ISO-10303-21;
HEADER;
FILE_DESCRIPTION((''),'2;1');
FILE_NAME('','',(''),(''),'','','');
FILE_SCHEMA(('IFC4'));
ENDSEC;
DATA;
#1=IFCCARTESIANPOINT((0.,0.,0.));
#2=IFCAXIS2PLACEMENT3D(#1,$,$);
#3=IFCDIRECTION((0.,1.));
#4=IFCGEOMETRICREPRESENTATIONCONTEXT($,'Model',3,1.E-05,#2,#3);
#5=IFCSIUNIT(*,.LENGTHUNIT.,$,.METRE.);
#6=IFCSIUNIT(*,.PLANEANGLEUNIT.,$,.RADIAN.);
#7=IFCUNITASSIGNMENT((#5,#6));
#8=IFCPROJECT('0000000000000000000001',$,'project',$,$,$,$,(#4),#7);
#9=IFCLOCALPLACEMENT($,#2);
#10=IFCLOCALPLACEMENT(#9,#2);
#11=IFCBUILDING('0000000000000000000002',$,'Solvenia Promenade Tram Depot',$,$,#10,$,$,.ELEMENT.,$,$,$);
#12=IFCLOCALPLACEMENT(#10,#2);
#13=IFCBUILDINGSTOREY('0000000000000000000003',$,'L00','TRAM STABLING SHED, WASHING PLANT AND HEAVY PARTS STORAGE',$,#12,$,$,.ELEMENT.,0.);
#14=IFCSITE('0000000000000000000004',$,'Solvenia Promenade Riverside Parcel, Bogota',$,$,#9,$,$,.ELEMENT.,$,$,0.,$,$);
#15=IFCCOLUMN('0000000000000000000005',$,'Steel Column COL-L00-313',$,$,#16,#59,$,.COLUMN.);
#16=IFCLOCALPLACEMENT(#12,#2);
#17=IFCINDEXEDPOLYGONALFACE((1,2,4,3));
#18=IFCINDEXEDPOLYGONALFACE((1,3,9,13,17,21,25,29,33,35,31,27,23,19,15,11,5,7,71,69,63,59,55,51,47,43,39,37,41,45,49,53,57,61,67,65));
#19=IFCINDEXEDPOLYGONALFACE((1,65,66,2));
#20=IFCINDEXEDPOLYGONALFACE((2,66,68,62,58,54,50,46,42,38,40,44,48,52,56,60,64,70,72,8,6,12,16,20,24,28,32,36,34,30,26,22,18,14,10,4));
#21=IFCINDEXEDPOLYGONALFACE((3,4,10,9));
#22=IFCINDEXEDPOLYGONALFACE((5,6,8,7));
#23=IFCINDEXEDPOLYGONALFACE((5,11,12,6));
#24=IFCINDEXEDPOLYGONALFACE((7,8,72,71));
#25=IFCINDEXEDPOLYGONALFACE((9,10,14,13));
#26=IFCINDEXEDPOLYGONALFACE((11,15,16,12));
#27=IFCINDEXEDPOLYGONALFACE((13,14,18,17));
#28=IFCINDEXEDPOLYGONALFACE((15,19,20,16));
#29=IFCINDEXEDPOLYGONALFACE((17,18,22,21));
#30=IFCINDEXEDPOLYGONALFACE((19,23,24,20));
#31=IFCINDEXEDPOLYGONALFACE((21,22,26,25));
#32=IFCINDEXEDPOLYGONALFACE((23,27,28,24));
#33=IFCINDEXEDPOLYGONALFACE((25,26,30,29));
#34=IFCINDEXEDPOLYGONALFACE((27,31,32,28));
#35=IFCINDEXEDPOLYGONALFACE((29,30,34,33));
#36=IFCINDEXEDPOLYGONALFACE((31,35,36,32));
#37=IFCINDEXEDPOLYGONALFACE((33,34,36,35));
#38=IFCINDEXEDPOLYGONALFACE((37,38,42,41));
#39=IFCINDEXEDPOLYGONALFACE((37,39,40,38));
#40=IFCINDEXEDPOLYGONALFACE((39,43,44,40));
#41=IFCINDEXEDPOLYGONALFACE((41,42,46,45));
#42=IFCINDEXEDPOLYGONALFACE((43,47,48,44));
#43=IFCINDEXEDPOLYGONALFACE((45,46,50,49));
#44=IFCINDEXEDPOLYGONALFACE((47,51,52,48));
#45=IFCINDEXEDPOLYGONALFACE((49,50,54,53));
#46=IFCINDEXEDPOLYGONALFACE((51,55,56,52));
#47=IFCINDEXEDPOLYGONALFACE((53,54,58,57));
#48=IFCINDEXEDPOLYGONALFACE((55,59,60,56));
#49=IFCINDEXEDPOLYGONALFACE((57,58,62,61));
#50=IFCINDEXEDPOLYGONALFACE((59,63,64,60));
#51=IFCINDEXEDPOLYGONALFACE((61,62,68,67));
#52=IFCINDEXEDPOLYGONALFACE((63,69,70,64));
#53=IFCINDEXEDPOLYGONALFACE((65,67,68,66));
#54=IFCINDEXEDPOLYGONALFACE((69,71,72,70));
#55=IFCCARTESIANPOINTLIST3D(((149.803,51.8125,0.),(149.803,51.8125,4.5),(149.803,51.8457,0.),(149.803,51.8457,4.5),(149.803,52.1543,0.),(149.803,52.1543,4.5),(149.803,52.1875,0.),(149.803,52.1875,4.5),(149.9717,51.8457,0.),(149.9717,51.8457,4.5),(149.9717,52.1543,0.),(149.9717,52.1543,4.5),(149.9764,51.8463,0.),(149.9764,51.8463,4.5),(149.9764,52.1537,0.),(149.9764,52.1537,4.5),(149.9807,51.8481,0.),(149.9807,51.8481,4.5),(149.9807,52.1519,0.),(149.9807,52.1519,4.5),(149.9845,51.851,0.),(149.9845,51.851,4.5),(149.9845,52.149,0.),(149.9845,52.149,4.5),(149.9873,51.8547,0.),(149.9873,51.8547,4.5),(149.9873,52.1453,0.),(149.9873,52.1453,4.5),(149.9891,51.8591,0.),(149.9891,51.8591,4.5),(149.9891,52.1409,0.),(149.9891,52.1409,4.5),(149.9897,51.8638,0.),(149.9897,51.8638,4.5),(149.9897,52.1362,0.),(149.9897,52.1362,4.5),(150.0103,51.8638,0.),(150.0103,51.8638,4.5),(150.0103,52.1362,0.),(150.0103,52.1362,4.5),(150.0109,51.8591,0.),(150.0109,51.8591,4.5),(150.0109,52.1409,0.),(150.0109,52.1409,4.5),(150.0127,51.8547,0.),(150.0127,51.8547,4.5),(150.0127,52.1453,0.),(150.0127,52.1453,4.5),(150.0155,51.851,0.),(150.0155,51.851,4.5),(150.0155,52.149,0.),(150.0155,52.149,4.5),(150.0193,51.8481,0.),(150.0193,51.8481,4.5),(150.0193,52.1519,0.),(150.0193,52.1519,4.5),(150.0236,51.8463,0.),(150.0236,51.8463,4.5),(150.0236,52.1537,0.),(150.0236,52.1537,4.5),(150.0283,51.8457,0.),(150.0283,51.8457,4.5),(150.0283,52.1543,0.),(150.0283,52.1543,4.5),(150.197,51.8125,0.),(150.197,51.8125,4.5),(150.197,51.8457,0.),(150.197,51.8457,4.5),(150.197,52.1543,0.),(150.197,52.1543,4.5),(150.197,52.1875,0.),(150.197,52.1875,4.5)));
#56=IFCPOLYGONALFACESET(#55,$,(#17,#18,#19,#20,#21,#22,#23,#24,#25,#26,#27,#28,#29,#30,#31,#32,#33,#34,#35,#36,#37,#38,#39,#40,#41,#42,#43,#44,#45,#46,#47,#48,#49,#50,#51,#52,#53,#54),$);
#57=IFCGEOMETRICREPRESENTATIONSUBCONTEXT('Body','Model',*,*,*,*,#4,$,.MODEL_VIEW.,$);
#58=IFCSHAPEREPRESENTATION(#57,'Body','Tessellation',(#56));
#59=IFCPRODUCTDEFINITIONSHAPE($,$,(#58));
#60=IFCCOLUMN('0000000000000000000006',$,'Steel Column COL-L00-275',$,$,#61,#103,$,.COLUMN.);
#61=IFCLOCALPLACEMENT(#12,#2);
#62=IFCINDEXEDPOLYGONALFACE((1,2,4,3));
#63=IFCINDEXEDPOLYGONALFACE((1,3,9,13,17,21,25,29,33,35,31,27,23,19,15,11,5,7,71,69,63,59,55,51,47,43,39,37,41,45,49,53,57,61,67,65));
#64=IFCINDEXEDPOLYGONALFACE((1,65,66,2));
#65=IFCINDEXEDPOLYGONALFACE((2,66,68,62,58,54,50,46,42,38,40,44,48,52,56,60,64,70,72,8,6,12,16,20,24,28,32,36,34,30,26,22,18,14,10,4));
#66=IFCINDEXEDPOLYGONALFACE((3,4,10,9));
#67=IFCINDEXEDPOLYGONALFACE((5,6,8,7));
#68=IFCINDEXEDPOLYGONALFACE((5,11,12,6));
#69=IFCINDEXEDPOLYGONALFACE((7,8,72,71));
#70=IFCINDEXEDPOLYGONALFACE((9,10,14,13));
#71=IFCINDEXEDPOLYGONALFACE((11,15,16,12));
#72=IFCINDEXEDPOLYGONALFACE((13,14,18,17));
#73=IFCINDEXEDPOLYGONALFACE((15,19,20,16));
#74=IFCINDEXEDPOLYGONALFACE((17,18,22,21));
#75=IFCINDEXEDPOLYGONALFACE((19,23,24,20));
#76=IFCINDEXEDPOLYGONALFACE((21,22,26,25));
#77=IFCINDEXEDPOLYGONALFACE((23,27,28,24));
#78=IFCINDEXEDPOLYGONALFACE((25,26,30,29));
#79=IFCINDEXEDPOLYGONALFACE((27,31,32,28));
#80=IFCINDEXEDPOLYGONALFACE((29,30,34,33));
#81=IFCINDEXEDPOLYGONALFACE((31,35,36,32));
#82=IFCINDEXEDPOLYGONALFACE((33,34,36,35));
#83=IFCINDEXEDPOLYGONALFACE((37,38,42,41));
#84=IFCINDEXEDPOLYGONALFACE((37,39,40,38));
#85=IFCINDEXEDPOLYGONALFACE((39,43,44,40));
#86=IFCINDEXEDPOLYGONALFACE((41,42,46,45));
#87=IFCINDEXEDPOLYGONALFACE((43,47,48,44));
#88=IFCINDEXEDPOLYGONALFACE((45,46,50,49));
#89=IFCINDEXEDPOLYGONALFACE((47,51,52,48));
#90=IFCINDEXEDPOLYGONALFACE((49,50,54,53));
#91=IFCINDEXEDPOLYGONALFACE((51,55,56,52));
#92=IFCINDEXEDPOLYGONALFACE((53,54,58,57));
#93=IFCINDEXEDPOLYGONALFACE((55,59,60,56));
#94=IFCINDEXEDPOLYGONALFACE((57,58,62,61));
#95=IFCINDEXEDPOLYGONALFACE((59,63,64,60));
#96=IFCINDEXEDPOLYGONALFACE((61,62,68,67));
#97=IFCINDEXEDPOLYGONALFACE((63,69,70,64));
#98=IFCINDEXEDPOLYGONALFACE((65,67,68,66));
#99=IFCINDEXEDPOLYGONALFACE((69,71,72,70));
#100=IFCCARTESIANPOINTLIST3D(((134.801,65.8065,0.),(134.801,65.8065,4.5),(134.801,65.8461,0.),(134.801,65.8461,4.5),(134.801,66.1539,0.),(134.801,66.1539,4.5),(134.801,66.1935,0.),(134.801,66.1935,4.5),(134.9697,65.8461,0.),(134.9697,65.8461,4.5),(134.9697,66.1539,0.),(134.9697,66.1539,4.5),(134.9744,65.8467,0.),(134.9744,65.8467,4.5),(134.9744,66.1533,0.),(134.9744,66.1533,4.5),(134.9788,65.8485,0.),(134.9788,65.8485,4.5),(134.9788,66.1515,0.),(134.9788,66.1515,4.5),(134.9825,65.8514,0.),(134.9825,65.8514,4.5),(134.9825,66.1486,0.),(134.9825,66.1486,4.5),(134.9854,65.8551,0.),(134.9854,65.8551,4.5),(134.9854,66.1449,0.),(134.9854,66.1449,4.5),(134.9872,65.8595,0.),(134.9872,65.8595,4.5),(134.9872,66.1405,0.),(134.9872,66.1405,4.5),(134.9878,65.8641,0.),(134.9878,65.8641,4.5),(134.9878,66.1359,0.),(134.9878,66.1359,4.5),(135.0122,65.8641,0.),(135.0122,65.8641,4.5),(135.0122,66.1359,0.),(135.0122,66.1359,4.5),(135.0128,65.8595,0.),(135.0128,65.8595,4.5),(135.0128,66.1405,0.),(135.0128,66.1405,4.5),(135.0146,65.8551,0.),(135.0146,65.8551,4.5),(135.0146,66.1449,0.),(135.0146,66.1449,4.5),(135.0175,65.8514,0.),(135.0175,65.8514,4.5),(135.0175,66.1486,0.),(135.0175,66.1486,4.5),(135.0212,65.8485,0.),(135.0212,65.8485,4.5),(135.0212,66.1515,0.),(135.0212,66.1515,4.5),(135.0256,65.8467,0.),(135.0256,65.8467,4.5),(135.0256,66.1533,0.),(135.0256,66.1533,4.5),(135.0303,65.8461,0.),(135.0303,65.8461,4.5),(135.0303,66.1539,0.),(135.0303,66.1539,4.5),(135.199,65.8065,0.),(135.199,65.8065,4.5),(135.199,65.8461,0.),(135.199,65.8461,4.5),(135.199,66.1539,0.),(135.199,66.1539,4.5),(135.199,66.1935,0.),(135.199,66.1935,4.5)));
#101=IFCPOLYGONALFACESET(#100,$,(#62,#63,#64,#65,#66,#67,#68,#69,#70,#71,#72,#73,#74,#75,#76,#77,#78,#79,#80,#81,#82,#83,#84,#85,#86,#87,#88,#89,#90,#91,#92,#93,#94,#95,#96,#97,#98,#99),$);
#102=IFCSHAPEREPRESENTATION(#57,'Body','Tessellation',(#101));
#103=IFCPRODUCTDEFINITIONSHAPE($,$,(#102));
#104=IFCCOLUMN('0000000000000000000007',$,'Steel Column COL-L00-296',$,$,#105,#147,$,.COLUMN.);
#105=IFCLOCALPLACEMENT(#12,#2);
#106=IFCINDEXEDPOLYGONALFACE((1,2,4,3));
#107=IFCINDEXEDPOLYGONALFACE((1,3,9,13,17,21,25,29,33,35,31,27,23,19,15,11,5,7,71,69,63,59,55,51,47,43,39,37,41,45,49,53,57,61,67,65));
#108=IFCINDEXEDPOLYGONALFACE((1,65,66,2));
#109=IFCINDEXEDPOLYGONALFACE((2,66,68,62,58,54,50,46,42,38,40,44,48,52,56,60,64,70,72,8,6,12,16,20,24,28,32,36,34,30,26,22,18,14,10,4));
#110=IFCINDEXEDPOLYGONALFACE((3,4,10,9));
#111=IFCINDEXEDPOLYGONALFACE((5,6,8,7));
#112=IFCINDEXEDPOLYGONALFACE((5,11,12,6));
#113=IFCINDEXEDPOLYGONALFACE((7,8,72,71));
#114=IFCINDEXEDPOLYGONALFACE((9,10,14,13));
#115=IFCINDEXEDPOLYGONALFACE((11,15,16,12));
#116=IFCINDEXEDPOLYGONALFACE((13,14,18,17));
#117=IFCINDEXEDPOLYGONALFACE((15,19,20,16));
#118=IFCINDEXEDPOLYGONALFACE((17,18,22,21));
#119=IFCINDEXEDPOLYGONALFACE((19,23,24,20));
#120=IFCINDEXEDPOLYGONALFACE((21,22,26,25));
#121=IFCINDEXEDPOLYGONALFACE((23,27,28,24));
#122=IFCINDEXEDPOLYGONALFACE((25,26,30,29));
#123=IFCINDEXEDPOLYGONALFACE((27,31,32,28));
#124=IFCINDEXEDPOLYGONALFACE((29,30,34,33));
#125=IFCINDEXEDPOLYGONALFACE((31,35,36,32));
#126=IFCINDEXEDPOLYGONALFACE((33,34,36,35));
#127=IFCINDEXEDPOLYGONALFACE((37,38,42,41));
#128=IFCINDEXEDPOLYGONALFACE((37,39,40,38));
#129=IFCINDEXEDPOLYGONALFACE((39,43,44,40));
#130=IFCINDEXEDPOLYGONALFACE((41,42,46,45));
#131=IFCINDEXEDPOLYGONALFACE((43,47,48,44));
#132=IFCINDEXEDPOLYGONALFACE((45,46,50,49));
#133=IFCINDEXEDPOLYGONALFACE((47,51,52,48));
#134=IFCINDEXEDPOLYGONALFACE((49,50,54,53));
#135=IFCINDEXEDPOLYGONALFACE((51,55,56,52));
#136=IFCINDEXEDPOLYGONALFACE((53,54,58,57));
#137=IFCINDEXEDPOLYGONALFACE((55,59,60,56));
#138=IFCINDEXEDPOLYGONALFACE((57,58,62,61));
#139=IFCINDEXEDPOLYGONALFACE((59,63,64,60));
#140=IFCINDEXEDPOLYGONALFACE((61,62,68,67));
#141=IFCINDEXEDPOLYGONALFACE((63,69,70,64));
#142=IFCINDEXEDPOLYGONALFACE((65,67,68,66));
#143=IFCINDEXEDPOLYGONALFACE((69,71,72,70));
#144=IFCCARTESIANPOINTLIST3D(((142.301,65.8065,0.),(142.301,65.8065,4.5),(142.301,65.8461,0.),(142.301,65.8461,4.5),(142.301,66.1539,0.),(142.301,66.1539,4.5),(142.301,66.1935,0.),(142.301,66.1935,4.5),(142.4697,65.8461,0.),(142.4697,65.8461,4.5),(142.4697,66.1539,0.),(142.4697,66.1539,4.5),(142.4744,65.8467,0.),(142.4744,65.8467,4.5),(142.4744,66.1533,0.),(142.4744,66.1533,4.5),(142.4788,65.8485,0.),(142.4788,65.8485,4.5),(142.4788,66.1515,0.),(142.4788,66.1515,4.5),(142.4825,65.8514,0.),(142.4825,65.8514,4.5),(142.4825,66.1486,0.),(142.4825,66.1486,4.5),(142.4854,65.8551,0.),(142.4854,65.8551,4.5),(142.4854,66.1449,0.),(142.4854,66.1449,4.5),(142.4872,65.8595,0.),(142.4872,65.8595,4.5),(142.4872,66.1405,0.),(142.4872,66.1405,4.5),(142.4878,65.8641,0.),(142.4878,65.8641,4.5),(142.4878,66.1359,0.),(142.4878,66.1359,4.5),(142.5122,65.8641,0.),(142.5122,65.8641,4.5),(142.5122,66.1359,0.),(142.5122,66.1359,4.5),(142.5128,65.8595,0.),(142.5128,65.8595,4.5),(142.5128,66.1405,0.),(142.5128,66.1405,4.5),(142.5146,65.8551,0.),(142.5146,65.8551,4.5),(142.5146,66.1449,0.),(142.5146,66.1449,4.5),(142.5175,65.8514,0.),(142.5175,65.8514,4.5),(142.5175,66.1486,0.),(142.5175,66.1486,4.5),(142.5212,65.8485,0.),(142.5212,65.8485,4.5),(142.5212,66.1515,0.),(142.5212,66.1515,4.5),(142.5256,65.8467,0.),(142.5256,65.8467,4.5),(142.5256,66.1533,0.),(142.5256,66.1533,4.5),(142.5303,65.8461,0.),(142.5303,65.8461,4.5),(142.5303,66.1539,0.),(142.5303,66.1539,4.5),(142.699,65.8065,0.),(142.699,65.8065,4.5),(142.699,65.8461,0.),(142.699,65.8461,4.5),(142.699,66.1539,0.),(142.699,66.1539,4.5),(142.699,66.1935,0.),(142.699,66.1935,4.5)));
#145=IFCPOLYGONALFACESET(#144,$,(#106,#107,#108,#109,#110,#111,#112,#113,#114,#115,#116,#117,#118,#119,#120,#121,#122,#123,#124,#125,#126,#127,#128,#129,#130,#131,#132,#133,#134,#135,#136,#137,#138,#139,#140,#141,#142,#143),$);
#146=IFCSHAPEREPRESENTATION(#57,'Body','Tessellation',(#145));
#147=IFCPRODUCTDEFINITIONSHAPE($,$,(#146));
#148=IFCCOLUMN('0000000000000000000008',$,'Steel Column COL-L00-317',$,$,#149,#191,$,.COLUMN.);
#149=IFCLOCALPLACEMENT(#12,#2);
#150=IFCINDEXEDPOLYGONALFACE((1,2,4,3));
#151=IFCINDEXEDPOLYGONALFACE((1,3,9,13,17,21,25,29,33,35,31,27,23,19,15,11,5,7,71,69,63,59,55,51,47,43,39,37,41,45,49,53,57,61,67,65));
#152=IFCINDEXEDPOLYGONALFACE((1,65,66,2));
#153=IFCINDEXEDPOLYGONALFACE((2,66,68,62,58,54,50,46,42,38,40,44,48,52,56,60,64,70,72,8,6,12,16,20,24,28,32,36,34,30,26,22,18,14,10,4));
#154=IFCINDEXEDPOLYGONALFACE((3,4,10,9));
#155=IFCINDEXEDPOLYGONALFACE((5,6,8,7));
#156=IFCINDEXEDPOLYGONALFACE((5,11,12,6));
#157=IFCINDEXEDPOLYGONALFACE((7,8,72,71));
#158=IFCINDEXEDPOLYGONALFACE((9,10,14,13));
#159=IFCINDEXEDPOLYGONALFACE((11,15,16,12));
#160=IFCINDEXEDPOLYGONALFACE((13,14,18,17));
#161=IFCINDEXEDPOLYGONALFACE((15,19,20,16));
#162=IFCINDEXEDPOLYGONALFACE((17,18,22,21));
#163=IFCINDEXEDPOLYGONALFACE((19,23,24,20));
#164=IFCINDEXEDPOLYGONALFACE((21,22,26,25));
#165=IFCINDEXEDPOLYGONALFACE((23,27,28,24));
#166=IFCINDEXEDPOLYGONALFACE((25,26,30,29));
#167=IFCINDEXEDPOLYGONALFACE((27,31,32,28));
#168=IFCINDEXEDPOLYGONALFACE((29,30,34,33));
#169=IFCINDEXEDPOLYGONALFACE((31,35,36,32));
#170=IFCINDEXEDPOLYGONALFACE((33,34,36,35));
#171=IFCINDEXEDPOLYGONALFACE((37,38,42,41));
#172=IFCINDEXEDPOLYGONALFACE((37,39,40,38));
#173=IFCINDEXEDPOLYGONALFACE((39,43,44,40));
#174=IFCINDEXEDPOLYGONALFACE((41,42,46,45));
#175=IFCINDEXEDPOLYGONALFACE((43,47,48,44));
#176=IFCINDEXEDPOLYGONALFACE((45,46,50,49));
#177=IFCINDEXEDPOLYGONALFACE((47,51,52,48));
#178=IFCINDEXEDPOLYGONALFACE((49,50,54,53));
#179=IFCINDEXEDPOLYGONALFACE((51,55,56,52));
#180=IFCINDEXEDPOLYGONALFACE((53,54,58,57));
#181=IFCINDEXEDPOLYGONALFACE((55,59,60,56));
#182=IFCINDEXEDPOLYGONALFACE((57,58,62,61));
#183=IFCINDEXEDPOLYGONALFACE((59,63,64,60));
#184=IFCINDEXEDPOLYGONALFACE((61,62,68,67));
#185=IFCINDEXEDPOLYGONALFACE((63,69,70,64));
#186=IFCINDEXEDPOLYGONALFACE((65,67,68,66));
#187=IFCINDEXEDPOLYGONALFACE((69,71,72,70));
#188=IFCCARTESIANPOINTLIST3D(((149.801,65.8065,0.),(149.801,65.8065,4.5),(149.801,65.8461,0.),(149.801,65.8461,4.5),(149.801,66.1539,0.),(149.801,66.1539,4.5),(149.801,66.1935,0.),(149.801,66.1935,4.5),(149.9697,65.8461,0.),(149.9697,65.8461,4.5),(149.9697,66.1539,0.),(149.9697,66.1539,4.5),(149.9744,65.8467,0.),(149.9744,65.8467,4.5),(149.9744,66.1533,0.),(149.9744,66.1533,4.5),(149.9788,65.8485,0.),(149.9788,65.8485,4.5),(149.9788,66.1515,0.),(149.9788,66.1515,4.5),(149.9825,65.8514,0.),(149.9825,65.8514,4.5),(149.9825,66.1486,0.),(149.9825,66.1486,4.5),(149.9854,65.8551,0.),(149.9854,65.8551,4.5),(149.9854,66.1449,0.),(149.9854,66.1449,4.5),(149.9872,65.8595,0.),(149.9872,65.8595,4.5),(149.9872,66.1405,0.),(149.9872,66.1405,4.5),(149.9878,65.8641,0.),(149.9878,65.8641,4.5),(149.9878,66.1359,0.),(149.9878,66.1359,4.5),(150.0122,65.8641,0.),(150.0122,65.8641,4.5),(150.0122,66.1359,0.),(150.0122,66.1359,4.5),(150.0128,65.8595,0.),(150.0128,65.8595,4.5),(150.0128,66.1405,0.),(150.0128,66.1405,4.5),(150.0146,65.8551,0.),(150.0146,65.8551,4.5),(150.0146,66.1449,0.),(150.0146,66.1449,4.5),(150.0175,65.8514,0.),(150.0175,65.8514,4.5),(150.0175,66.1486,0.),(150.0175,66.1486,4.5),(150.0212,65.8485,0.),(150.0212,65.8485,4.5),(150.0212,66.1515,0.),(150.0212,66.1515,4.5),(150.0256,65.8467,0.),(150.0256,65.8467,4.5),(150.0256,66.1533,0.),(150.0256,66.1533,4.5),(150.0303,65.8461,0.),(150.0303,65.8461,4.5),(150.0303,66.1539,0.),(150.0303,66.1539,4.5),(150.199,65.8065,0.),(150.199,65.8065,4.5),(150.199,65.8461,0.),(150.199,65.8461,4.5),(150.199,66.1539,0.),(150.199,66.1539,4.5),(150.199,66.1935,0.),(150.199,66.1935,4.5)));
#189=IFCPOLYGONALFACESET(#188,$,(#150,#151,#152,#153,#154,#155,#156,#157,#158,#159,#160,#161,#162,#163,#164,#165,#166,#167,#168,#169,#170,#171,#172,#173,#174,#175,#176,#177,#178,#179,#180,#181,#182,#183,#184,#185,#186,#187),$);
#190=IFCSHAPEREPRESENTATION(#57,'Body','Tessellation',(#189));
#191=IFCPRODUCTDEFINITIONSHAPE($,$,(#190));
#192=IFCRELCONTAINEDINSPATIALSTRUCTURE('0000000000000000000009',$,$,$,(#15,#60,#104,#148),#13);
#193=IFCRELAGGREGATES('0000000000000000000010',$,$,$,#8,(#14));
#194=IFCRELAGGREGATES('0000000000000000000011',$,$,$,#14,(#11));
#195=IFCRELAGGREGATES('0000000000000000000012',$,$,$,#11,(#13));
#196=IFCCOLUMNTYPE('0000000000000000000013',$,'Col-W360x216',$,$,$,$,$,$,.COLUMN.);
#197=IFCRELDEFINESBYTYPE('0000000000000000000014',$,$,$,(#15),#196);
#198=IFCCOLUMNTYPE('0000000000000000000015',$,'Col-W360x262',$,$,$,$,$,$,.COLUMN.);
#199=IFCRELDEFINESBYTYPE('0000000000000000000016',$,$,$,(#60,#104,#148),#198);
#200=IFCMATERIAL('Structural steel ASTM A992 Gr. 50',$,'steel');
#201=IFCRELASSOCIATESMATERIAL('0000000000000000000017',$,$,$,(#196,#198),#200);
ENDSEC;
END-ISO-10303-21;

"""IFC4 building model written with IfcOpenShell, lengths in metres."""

from ifc_helpers import new_model, si_unit, direction, frame, origin, origin_2d, place, context, subcontext, project, spatial, i_section, extrude, material, material_profile, profile_set, type_object, element, save


model = new_model("IFC4")

# Units and contexts
model_context = context("Model", 3, precision=1e-05, world=origin(), true_north=direction((0.0, 1.0)))
body_context = subcontext(model_context, "Body", "Model", "MODEL_VIEW")
ifc_project = project(units=[si_unit("LENGTHUNIT", "METRE"), si_unit("PLANEANGLEUNIT", "RADIAN")], contexts=[model_context])

# Site, building, storey
site_placement = place(None, origin())
site = spatial("IfcSite", under=ifc_project, at=site_placement, Name="Solvenia Promenade Riverside Parcel, Bogota", CompositionType="ELEMENT", RefElevation=0.0)
building_placement = place(site_placement, origin())
building = spatial("IfcBuilding", under=site, at=building_placement, Name="Solvenia Promenade Tram Depot", CompositionType="ELEMENT")
storey_placement = place(building_placement, origin())
storey = spatial("IfcBuildingStorey", under=building, at=storey_placement, Name="L00", Description="TRAM STABLING SHED, WASHING PLANT AND HEAVY PARTS STORAGE", CompositionType="ELEMENT", Elevation=0.0)

# Columns
ifc_material_1 = material(Name="Structural steel ASTM A992 Gr. 50", Category="steel")
ifc_material_profile_1 = material_profile(ifc_material_1, i_section(OverallWidth=0.394, OverallDepth=0.375, WebThickness=0.0205, FlangeThickness=0.0332, FilletRadius=0.0181, at=origin_2d()), Name="W360x216", Category="steel")
ifc_profile_set_1 = profile_set([ifc_material_profile_1], Name="Structural steel ASTM A992 Gr. 50")
column_type_1 = type_object("IfcColumnType", Name="Col-W360x216", PredefinedType="COLUMN", material=ifc_profile_set_1)
for number, where, z_axis, x_axis, name in (
    (1, (150.0, 52.0, 0.0), (0.0, 0.0, 1.0), (1.0, 0.0, 0.0), "Steel Column COL-L00-313"),
):
    element("IfcColumn", number, at=place(storey_placement, frame(where, z_axis=z_axis, x_axis=x_axis)), inside=storey, type_object=column_type_1, Name=name, PredefinedType="COLUMN", context=body_context, shape_type="SweptSolid", body=[
        extrude(i_section(OverallWidth=0.394, OverallDepth=0.375, WebThickness=0.0205, FlangeThickness=0.0332, FilletRadius=0.0181, at=origin_2d()), origin(), (0.0, 0.0, 1.0), 4.5),
    ])
ifc_material_profile_2 = material_profile(ifc_material_1, i_section(OverallWidth=0.3979, OverallDepth=0.387, WebThickness=0.0244, FlangeThickness=0.0396, FilletRadius=0.0181, at=origin_2d()), Name="W360x262", Category="steel")
ifc_profile_set_2 = profile_set([ifc_material_profile_2], Name="Structural steel ASTM A992 Gr. 50")
column_type_2 = type_object("IfcColumnType", Name="Col-W360x262", PredefinedType="COLUMN", material=ifc_profile_set_2)
for number, where, z_axis, x_axis, name in (
    (2, (135.0, 66.0, 0.0), (0.0, 0.0, 1.0), (1.0, 0.0, 0.0), "Steel Column COL-L00-275"),
    (3, (142.5, 66.0, 0.0), (0.0, 0.0, 1.0), (1.0, 0.0, 0.0), "Steel Column COL-L00-296"),
    (4, (150.0, 66.0, 0.0), (0.0, 0.0, 1.0), (1.0, 0.0, 0.0), "Steel Column COL-L00-317"),
):
    element("IfcColumn", number, at=place(storey_placement, frame(where, z_axis=z_axis, x_axis=x_axis)), inside=storey, type_object=column_type_2, Name=name, PredefinedType="COLUMN", context=body_context, shape_type="SweptSolid", body=[
        extrude(i_section(OverallWidth=0.3979, OverallDepth=0.387, WebThickness=0.0244, FlangeThickness=0.0396, FilletRadius=0.0181, at=origin_2d()), origin(), (0.0, 0.0, 1.0), 4.5),
    ])

save(model, "model.ifc")
